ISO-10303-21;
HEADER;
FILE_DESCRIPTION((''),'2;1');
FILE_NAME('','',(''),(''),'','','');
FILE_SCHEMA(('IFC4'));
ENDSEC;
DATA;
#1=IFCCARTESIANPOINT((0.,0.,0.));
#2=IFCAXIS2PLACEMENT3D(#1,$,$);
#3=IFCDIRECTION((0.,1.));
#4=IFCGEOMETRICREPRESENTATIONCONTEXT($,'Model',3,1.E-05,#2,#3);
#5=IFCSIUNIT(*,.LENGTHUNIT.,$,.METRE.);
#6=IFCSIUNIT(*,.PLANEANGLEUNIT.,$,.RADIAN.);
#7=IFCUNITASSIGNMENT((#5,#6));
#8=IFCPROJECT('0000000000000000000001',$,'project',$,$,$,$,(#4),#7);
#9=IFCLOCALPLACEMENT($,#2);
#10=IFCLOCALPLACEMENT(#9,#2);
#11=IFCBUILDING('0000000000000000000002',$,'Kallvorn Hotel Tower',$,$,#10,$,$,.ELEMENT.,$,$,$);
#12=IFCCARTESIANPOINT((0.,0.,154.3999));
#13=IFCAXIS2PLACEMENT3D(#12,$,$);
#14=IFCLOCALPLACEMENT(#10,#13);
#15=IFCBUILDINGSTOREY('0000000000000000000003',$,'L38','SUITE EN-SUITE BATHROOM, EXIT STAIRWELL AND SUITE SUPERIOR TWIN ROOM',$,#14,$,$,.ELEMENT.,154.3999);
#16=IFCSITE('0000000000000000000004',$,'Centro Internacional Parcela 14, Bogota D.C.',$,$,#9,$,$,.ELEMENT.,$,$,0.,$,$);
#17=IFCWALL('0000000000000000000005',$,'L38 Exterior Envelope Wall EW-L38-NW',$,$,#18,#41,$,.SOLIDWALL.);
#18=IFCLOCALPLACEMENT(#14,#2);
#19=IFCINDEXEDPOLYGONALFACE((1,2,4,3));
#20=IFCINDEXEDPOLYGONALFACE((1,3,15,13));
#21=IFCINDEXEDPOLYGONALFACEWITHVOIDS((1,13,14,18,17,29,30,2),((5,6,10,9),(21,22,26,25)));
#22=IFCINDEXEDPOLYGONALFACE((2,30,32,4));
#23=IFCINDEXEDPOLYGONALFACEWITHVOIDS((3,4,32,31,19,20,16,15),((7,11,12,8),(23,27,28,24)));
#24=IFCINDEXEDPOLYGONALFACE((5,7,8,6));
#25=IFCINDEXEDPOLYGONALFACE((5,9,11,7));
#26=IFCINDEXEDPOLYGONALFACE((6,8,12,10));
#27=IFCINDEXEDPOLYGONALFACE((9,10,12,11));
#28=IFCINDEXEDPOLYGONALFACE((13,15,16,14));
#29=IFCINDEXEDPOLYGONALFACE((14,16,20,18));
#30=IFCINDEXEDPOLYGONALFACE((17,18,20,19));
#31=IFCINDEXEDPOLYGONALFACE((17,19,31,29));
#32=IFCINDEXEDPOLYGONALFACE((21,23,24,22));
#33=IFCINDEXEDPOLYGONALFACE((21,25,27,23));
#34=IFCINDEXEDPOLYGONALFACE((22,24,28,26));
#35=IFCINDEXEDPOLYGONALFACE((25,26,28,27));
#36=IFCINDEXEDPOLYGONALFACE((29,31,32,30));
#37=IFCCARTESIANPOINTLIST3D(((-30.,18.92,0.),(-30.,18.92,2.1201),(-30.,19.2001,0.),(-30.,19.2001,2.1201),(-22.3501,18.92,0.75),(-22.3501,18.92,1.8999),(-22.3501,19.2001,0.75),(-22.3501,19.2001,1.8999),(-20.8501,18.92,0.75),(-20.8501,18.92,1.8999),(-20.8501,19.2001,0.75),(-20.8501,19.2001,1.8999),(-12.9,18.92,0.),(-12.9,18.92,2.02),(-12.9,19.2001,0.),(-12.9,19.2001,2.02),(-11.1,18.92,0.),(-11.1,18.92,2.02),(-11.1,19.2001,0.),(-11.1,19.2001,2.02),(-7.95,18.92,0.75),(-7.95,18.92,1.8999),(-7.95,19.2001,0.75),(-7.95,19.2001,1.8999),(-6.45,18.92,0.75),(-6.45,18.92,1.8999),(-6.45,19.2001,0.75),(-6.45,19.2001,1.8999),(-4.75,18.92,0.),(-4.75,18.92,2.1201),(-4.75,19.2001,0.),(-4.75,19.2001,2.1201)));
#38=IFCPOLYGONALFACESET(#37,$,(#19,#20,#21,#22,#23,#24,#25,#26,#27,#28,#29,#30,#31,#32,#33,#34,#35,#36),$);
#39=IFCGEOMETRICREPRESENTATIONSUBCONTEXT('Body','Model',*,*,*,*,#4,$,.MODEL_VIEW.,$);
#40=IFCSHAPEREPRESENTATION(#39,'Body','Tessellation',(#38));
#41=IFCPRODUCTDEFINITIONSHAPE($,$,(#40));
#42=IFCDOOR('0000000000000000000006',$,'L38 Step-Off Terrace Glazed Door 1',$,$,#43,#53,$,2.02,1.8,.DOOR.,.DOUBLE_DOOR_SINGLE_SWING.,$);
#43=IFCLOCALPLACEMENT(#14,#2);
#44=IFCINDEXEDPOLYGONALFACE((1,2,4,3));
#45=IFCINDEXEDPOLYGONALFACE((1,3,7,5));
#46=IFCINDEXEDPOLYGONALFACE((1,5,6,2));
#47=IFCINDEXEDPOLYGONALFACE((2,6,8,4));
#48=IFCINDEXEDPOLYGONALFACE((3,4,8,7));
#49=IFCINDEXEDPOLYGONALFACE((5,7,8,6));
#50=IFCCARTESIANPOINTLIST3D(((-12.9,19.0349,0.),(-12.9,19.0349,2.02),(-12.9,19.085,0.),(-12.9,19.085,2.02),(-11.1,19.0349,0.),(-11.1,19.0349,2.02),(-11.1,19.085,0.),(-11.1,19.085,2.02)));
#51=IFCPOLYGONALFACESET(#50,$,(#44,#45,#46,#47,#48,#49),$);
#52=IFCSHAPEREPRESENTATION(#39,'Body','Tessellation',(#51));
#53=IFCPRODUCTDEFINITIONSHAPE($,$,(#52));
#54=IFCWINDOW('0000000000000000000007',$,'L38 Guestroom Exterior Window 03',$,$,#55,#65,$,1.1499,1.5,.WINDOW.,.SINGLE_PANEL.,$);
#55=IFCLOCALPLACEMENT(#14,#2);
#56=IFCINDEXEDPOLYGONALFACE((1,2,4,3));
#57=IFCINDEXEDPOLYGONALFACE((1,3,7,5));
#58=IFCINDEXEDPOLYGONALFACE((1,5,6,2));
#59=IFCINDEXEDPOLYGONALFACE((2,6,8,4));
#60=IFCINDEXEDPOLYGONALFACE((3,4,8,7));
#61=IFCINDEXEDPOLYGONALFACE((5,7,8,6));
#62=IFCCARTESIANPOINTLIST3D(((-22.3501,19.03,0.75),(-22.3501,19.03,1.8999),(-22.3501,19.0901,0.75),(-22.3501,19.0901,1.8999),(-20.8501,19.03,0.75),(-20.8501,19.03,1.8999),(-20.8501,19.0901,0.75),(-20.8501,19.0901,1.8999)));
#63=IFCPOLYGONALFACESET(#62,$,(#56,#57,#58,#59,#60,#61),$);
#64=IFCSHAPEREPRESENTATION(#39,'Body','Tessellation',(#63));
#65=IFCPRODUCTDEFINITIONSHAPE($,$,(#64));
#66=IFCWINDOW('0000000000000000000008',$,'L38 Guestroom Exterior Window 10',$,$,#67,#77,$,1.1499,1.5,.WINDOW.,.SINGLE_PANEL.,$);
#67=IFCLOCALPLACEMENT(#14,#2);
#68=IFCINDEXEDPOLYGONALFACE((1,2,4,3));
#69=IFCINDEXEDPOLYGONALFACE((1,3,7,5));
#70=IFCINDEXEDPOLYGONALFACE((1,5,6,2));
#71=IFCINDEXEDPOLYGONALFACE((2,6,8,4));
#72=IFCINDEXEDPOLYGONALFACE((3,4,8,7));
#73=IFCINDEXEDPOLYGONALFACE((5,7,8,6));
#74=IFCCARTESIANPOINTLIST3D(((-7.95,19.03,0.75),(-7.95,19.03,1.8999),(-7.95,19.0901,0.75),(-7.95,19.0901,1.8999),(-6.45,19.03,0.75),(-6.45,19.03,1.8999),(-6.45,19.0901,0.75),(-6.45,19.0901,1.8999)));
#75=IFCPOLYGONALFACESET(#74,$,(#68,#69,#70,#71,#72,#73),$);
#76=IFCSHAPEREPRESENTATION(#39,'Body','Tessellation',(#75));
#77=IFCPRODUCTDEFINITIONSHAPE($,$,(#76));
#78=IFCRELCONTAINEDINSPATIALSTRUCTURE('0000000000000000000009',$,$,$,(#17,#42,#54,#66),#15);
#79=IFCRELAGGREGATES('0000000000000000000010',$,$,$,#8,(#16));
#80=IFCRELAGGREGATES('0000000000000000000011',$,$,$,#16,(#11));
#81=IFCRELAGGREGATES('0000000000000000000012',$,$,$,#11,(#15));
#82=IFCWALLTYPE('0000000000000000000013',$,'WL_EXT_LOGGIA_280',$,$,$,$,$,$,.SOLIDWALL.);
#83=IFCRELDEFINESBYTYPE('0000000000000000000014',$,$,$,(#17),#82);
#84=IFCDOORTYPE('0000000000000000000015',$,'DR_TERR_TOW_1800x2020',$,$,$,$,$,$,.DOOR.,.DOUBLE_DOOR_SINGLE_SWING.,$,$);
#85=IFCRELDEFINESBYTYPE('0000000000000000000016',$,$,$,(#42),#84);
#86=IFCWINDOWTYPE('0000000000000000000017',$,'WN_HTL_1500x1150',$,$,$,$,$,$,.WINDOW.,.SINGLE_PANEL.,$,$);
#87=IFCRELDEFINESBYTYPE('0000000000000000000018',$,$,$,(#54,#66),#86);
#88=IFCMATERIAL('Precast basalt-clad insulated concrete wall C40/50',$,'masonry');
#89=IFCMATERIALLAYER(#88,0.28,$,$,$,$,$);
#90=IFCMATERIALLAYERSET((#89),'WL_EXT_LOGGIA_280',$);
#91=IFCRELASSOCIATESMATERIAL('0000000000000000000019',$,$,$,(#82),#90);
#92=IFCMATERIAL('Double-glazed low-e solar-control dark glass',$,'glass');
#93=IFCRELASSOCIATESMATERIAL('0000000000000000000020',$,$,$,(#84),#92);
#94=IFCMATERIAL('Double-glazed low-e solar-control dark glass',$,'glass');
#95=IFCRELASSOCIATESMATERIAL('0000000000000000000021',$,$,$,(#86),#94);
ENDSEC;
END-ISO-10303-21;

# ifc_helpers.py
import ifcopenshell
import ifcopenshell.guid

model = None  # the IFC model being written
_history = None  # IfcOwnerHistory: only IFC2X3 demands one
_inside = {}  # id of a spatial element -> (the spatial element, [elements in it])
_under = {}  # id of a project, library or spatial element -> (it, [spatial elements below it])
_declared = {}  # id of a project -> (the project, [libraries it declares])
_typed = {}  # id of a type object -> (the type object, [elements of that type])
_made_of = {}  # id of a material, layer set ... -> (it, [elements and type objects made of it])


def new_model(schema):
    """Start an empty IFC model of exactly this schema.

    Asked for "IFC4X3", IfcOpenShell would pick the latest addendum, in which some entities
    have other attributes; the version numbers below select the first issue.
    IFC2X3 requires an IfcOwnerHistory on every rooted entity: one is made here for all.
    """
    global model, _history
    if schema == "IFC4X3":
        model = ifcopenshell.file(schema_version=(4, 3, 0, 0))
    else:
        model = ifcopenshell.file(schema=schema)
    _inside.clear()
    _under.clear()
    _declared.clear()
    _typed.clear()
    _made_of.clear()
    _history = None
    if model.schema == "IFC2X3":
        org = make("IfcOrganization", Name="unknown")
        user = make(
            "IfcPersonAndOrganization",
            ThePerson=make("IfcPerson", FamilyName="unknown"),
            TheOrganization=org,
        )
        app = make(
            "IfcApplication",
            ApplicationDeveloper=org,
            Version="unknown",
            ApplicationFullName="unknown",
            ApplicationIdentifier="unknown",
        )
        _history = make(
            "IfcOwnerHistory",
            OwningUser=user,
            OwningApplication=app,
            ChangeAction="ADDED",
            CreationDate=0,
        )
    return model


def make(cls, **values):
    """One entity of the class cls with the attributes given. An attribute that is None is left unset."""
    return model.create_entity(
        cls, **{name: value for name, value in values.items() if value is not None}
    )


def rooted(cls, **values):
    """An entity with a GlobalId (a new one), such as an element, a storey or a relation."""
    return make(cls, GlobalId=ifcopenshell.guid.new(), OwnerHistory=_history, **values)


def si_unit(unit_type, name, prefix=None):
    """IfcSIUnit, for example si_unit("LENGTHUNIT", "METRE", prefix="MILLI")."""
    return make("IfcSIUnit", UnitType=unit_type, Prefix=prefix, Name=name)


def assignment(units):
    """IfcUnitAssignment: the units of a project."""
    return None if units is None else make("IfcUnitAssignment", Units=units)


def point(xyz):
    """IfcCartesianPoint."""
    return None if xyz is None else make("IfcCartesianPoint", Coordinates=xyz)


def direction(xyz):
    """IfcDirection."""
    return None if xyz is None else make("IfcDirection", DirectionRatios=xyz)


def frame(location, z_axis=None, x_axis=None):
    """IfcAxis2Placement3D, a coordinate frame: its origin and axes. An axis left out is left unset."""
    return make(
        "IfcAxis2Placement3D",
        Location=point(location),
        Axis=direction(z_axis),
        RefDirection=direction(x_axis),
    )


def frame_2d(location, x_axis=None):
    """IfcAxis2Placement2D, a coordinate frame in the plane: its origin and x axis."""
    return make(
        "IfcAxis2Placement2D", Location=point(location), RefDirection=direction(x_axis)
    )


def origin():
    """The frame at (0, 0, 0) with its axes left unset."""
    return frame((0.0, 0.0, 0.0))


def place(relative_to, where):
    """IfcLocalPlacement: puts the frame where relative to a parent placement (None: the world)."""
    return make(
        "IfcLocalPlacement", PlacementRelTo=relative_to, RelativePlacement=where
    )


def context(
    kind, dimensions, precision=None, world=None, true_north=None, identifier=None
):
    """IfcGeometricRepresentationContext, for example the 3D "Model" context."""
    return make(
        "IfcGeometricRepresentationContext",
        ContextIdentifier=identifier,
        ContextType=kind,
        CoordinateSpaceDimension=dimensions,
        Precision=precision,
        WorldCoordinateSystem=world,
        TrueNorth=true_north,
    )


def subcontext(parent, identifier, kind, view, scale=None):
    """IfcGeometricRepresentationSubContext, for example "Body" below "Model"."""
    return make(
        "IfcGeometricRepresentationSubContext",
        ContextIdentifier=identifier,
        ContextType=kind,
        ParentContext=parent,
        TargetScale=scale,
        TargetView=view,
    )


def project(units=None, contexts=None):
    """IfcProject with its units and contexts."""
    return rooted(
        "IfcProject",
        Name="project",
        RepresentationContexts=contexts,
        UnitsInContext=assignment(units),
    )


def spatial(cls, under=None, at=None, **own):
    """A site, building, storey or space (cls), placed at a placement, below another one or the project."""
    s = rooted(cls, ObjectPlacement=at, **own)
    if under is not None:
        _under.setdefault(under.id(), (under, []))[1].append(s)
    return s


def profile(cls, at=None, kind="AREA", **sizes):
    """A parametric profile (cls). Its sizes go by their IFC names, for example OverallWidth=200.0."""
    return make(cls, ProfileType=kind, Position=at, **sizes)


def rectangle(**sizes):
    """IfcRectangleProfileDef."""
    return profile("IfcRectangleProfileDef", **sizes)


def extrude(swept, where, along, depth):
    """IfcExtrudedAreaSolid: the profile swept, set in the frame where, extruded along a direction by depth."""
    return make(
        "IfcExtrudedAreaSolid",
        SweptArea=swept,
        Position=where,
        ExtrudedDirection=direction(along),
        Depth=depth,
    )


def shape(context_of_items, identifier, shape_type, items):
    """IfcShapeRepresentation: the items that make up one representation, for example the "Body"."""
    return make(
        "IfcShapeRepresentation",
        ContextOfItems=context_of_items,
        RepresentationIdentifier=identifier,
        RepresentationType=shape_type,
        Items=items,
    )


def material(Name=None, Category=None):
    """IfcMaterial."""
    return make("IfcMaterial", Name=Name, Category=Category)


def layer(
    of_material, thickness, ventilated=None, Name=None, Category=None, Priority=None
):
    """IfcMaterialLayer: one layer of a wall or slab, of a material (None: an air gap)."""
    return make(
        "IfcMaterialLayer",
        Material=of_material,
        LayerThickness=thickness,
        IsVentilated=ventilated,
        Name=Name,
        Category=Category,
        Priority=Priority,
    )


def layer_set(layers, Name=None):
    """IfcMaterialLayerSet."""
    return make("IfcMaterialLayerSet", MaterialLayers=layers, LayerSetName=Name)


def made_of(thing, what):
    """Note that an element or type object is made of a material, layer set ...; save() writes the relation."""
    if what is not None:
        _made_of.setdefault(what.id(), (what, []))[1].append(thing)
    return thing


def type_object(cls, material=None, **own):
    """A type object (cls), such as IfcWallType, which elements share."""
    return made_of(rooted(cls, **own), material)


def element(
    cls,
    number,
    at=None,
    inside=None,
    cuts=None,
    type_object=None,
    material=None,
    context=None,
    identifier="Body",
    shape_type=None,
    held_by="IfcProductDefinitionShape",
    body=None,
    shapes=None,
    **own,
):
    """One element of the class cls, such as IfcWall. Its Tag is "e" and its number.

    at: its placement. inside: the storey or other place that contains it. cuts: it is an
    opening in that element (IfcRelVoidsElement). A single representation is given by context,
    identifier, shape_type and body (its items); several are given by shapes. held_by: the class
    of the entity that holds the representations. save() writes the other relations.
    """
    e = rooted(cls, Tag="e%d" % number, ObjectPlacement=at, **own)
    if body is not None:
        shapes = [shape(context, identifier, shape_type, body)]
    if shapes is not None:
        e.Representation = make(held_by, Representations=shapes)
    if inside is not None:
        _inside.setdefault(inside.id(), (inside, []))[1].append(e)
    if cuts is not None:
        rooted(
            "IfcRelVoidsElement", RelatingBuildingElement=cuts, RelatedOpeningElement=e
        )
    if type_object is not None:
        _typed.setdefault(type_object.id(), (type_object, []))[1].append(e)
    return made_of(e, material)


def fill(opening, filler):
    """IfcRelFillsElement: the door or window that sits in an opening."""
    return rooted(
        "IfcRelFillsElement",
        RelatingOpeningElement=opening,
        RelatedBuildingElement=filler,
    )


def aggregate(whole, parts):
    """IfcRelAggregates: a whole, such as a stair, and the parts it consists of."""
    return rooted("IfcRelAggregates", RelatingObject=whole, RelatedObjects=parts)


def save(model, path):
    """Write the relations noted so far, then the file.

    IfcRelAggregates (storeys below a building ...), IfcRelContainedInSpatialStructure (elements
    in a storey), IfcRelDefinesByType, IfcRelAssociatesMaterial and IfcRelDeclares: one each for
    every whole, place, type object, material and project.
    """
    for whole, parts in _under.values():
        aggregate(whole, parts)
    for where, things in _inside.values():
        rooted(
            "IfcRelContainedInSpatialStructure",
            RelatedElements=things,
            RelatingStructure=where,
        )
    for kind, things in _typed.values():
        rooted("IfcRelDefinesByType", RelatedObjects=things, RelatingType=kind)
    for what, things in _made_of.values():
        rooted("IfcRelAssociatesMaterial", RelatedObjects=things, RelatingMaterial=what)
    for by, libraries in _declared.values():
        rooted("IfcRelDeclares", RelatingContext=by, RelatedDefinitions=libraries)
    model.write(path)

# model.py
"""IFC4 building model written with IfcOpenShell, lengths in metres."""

from ifc_helpers import new_model, si_unit, direction, frame, frame_2d, origin, place, context, subcontext, project, spatial, rectangle, extrude, material, layer, layer_set, type_object, element, fill, save


model = new_model("IFC4")

# Units and contexts
model_context = context("Model", 3, precision=1e-05, world=origin(), true_north=direction((0.0, 1.0)))
body_context = subcontext(model_context, "Body", "Model", "MODEL_VIEW")
ifc_project = project(units=[si_unit("LENGTHUNIT", "METRE"), si_unit("PLANEANGLEUNIT", "RADIAN")], contexts=[model_context])

# Site, building, storey
site_placement = place(None, origin())
site = spatial("IfcSite", under=ifc_project, at=site_placement, Name="Centro Internacional Parcela 14, Bogota D.C.", CompositionType="ELEMENT", RefElevation=0.0)
building_placement = place(site_placement, origin())
building = spatial("IfcBuilding", under=site, at=building_placement, Name="Kallvorn Hotel Tower", CompositionType="ELEMENT")
storey_placement = place(building_placement, frame((0.0, 0.0, 154.3999)))
storey = spatial("IfcBuildingStorey", under=building, at=storey_placement, Name="L38", Description="SUITE EN-SUITE BATHROOM, EXIT STAIRWELL AND SUITE SUPERIOR TWIN ROOM", CompositionType="ELEMENT", Elevation=154.3999)

# Shared definitions
ifc_material_1 = material(Name="Precast basalt-clad insulated concrete wall C40/50", Category="masonry")
ifc_layer_1 = layer(ifc_material_1, 0.28)
ifc_layer_set_1 = layer_set([ifc_layer_1], Name="WL_EXT_LOGGIA_280")
wall_type = type_object("IfcWallType", Name="WL_EXT_LOGGIA_280", PredefinedType="SOLIDWALL", material=ifc_layer_set_1)

# Wall, openings, door, windows
wall_1_placement = place(storey_placement, frame((-30.0, 19.0601, 0.0), z_axis=(0.0, 0.0, 1.0), x_axis=(1.0, 0.0, 0.0)))
wall_1 = element("IfcWall", 1, at=wall_1_placement, inside=storey, type_object=wall_type, Name="L38 Exterior Envelope Wall EW-L38-NW", PredefinedType="SOLIDWALL", context=body_context, shape_type="SweptSolid", body=[
    extrude(rectangle(XDim=25.25, YDim=0.28, at=frame_2d((12.625, 0.0))), origin(), (0.0, 0.0, 1.0), 2.1201),
])
opening_1_placement = place(wall_1_placement, frame((17.1001, 0.0, 0.0)))
opening_1 = element("IfcOpeningElement", 2, at=opening_1_placement, cuts=wall_1, PredefinedType="OPENING", context=body_context, shape_type="SweptSolid", body=[
    extrude(rectangle(XDim=1.8, YDim=2.02, at=frame_2d((0.8999, 1.01))), frame((0.0, 0.155, 0.0), z_axis=(0.0, -1.0, 0.0), x_axis=(1.0, 0.0, 0.0)), (0.0, 0.0, 1.0), 0.3101),
])
opening_2_placement = place(wall_1_placement, frame((7.6499, 0.0, 0.75)))
opening_2 = element("IfcOpeningElement", 3, at=opening_2_placement, cuts=wall_1, PredefinedType="OPENING", context=body_context, shape_type="SweptSolid", body=[
    extrude(rectangle(XDim=1.5, YDim=1.1499, at=frame_2d((0.75, 0.575))), frame((0.0, 0.155, 0.0), z_axis=(0.0, -1.0, 0.0), x_axis=(1.0, 0.0, 0.0)), (0.0, 0.0, 1.0), 0.3101),
])
opening_3_placement = place(wall_1_placement, frame((22.05, 0.0, 0.75)))
opening_3 = element("IfcOpeningElement", 4, at=opening_3_placement, cuts=wall_1, PredefinedType="OPENING", context=body_context, shape_type="SweptSolid", body=[
    extrude(rectangle(XDim=1.5, YDim=1.1499, at=frame_2d((0.75, 0.575))), frame((0.0, 0.155, 0.0), z_axis=(0.0, -1.0, 0.0), x_axis=(1.0, 0.0, 0.0)), (0.0, 0.0, 1.0), 0.3101),
])
ifc_material_2 = material(Name="Double-glazed low-e solar-control dark glass", Category="glass")
door_type = type_object("IfcDoorType", Name="DR_TERR_TOW_1800x2020", OperationType="DOUBLE_DOOR_SINGLE_SWING", PredefinedType="DOOR", material=ifc_material_2)
door_placement = place(opening_1_placement, origin())
door = element("IfcDoor", 5, at=door_placement, inside=storey, type_object=door_type, Name="L38 Step-Off Terrace Glazed Door 1", OperationType="DOUBLE_DOOR_SINGLE_SWING", OverallHeight=2.02, OverallWidth=1.8, PredefinedType="DOOR", context=body_context, shape_type="SweptSolid", body=[
    extrude(rectangle(XDim=1.8, YDim=2.02, at=frame_2d((0.8999, 1.01))), frame((0.0, 0.0249, 0.0), z_axis=(0.0, -1.0, 0.0), x_axis=(1.0, 0.0, 0.0)), (0.0, 0.0, 1.0), 0.05),
])
fill(opening_1, door)
ifc_material_3 = material(Name="Double-glazed low-e solar-control dark glass", Category="glass")
window_type = type_object("IfcWindowType", Name="WN_HTL_1500x1150", PartitioningType="SINGLE_PANEL", PredefinedType="WINDOW", material=ifc_material_3)
window_1_placement = place(opening_2_placement, origin())
window_1 = element("IfcWindow", 6, at=window_1_placement, inside=storey, type_object=window_type, Name="L38 Guestroom Exterior Window 03", OverallHeight=1.1499, OverallWidth=1.5, PartitioningType="SINGLE_PANEL", PredefinedType="WINDOW", context=body_context, shape_type="SweptSolid", body=[
    extrude(rectangle(XDim=1.5, YDim=1.1499, at=frame_2d((0.75, 0.575))), frame((0.0, 0.03, 0.0), z_axis=(0.0, -1.0, 0.0), x_axis=(1.0, 0.0, 0.0)), (0.0, 0.0, 1.0), 0.0601),
])
fill(opening_2, window_1)
window_2_placement = place(opening_3_placement, origin())
window_2 = element("IfcWindow", 7, at=window_2_placement, inside=storey, type_object=window_type, Name="L38 Guestroom Exterior Window 10", OverallHeight=1.1499, OverallWidth=1.5, PartitioningType="SINGLE_PANEL", PredefinedType="WINDOW", context=body_context, shape_type="SweptSolid", body=[
    extrude(rectangle(XDim=1.5, YDim=1.1499, at=frame_2d((0.75, 0.575))), frame((0.0, 0.03, 0.0), z_axis=(0.0, -1.0, 0.0), x_axis=(1.0, 0.0, 0.0)), (0.0, 0.0, 1.0), 0.0601),
])
fill(opening_3, window_2)

save(model, "model.ifc")
